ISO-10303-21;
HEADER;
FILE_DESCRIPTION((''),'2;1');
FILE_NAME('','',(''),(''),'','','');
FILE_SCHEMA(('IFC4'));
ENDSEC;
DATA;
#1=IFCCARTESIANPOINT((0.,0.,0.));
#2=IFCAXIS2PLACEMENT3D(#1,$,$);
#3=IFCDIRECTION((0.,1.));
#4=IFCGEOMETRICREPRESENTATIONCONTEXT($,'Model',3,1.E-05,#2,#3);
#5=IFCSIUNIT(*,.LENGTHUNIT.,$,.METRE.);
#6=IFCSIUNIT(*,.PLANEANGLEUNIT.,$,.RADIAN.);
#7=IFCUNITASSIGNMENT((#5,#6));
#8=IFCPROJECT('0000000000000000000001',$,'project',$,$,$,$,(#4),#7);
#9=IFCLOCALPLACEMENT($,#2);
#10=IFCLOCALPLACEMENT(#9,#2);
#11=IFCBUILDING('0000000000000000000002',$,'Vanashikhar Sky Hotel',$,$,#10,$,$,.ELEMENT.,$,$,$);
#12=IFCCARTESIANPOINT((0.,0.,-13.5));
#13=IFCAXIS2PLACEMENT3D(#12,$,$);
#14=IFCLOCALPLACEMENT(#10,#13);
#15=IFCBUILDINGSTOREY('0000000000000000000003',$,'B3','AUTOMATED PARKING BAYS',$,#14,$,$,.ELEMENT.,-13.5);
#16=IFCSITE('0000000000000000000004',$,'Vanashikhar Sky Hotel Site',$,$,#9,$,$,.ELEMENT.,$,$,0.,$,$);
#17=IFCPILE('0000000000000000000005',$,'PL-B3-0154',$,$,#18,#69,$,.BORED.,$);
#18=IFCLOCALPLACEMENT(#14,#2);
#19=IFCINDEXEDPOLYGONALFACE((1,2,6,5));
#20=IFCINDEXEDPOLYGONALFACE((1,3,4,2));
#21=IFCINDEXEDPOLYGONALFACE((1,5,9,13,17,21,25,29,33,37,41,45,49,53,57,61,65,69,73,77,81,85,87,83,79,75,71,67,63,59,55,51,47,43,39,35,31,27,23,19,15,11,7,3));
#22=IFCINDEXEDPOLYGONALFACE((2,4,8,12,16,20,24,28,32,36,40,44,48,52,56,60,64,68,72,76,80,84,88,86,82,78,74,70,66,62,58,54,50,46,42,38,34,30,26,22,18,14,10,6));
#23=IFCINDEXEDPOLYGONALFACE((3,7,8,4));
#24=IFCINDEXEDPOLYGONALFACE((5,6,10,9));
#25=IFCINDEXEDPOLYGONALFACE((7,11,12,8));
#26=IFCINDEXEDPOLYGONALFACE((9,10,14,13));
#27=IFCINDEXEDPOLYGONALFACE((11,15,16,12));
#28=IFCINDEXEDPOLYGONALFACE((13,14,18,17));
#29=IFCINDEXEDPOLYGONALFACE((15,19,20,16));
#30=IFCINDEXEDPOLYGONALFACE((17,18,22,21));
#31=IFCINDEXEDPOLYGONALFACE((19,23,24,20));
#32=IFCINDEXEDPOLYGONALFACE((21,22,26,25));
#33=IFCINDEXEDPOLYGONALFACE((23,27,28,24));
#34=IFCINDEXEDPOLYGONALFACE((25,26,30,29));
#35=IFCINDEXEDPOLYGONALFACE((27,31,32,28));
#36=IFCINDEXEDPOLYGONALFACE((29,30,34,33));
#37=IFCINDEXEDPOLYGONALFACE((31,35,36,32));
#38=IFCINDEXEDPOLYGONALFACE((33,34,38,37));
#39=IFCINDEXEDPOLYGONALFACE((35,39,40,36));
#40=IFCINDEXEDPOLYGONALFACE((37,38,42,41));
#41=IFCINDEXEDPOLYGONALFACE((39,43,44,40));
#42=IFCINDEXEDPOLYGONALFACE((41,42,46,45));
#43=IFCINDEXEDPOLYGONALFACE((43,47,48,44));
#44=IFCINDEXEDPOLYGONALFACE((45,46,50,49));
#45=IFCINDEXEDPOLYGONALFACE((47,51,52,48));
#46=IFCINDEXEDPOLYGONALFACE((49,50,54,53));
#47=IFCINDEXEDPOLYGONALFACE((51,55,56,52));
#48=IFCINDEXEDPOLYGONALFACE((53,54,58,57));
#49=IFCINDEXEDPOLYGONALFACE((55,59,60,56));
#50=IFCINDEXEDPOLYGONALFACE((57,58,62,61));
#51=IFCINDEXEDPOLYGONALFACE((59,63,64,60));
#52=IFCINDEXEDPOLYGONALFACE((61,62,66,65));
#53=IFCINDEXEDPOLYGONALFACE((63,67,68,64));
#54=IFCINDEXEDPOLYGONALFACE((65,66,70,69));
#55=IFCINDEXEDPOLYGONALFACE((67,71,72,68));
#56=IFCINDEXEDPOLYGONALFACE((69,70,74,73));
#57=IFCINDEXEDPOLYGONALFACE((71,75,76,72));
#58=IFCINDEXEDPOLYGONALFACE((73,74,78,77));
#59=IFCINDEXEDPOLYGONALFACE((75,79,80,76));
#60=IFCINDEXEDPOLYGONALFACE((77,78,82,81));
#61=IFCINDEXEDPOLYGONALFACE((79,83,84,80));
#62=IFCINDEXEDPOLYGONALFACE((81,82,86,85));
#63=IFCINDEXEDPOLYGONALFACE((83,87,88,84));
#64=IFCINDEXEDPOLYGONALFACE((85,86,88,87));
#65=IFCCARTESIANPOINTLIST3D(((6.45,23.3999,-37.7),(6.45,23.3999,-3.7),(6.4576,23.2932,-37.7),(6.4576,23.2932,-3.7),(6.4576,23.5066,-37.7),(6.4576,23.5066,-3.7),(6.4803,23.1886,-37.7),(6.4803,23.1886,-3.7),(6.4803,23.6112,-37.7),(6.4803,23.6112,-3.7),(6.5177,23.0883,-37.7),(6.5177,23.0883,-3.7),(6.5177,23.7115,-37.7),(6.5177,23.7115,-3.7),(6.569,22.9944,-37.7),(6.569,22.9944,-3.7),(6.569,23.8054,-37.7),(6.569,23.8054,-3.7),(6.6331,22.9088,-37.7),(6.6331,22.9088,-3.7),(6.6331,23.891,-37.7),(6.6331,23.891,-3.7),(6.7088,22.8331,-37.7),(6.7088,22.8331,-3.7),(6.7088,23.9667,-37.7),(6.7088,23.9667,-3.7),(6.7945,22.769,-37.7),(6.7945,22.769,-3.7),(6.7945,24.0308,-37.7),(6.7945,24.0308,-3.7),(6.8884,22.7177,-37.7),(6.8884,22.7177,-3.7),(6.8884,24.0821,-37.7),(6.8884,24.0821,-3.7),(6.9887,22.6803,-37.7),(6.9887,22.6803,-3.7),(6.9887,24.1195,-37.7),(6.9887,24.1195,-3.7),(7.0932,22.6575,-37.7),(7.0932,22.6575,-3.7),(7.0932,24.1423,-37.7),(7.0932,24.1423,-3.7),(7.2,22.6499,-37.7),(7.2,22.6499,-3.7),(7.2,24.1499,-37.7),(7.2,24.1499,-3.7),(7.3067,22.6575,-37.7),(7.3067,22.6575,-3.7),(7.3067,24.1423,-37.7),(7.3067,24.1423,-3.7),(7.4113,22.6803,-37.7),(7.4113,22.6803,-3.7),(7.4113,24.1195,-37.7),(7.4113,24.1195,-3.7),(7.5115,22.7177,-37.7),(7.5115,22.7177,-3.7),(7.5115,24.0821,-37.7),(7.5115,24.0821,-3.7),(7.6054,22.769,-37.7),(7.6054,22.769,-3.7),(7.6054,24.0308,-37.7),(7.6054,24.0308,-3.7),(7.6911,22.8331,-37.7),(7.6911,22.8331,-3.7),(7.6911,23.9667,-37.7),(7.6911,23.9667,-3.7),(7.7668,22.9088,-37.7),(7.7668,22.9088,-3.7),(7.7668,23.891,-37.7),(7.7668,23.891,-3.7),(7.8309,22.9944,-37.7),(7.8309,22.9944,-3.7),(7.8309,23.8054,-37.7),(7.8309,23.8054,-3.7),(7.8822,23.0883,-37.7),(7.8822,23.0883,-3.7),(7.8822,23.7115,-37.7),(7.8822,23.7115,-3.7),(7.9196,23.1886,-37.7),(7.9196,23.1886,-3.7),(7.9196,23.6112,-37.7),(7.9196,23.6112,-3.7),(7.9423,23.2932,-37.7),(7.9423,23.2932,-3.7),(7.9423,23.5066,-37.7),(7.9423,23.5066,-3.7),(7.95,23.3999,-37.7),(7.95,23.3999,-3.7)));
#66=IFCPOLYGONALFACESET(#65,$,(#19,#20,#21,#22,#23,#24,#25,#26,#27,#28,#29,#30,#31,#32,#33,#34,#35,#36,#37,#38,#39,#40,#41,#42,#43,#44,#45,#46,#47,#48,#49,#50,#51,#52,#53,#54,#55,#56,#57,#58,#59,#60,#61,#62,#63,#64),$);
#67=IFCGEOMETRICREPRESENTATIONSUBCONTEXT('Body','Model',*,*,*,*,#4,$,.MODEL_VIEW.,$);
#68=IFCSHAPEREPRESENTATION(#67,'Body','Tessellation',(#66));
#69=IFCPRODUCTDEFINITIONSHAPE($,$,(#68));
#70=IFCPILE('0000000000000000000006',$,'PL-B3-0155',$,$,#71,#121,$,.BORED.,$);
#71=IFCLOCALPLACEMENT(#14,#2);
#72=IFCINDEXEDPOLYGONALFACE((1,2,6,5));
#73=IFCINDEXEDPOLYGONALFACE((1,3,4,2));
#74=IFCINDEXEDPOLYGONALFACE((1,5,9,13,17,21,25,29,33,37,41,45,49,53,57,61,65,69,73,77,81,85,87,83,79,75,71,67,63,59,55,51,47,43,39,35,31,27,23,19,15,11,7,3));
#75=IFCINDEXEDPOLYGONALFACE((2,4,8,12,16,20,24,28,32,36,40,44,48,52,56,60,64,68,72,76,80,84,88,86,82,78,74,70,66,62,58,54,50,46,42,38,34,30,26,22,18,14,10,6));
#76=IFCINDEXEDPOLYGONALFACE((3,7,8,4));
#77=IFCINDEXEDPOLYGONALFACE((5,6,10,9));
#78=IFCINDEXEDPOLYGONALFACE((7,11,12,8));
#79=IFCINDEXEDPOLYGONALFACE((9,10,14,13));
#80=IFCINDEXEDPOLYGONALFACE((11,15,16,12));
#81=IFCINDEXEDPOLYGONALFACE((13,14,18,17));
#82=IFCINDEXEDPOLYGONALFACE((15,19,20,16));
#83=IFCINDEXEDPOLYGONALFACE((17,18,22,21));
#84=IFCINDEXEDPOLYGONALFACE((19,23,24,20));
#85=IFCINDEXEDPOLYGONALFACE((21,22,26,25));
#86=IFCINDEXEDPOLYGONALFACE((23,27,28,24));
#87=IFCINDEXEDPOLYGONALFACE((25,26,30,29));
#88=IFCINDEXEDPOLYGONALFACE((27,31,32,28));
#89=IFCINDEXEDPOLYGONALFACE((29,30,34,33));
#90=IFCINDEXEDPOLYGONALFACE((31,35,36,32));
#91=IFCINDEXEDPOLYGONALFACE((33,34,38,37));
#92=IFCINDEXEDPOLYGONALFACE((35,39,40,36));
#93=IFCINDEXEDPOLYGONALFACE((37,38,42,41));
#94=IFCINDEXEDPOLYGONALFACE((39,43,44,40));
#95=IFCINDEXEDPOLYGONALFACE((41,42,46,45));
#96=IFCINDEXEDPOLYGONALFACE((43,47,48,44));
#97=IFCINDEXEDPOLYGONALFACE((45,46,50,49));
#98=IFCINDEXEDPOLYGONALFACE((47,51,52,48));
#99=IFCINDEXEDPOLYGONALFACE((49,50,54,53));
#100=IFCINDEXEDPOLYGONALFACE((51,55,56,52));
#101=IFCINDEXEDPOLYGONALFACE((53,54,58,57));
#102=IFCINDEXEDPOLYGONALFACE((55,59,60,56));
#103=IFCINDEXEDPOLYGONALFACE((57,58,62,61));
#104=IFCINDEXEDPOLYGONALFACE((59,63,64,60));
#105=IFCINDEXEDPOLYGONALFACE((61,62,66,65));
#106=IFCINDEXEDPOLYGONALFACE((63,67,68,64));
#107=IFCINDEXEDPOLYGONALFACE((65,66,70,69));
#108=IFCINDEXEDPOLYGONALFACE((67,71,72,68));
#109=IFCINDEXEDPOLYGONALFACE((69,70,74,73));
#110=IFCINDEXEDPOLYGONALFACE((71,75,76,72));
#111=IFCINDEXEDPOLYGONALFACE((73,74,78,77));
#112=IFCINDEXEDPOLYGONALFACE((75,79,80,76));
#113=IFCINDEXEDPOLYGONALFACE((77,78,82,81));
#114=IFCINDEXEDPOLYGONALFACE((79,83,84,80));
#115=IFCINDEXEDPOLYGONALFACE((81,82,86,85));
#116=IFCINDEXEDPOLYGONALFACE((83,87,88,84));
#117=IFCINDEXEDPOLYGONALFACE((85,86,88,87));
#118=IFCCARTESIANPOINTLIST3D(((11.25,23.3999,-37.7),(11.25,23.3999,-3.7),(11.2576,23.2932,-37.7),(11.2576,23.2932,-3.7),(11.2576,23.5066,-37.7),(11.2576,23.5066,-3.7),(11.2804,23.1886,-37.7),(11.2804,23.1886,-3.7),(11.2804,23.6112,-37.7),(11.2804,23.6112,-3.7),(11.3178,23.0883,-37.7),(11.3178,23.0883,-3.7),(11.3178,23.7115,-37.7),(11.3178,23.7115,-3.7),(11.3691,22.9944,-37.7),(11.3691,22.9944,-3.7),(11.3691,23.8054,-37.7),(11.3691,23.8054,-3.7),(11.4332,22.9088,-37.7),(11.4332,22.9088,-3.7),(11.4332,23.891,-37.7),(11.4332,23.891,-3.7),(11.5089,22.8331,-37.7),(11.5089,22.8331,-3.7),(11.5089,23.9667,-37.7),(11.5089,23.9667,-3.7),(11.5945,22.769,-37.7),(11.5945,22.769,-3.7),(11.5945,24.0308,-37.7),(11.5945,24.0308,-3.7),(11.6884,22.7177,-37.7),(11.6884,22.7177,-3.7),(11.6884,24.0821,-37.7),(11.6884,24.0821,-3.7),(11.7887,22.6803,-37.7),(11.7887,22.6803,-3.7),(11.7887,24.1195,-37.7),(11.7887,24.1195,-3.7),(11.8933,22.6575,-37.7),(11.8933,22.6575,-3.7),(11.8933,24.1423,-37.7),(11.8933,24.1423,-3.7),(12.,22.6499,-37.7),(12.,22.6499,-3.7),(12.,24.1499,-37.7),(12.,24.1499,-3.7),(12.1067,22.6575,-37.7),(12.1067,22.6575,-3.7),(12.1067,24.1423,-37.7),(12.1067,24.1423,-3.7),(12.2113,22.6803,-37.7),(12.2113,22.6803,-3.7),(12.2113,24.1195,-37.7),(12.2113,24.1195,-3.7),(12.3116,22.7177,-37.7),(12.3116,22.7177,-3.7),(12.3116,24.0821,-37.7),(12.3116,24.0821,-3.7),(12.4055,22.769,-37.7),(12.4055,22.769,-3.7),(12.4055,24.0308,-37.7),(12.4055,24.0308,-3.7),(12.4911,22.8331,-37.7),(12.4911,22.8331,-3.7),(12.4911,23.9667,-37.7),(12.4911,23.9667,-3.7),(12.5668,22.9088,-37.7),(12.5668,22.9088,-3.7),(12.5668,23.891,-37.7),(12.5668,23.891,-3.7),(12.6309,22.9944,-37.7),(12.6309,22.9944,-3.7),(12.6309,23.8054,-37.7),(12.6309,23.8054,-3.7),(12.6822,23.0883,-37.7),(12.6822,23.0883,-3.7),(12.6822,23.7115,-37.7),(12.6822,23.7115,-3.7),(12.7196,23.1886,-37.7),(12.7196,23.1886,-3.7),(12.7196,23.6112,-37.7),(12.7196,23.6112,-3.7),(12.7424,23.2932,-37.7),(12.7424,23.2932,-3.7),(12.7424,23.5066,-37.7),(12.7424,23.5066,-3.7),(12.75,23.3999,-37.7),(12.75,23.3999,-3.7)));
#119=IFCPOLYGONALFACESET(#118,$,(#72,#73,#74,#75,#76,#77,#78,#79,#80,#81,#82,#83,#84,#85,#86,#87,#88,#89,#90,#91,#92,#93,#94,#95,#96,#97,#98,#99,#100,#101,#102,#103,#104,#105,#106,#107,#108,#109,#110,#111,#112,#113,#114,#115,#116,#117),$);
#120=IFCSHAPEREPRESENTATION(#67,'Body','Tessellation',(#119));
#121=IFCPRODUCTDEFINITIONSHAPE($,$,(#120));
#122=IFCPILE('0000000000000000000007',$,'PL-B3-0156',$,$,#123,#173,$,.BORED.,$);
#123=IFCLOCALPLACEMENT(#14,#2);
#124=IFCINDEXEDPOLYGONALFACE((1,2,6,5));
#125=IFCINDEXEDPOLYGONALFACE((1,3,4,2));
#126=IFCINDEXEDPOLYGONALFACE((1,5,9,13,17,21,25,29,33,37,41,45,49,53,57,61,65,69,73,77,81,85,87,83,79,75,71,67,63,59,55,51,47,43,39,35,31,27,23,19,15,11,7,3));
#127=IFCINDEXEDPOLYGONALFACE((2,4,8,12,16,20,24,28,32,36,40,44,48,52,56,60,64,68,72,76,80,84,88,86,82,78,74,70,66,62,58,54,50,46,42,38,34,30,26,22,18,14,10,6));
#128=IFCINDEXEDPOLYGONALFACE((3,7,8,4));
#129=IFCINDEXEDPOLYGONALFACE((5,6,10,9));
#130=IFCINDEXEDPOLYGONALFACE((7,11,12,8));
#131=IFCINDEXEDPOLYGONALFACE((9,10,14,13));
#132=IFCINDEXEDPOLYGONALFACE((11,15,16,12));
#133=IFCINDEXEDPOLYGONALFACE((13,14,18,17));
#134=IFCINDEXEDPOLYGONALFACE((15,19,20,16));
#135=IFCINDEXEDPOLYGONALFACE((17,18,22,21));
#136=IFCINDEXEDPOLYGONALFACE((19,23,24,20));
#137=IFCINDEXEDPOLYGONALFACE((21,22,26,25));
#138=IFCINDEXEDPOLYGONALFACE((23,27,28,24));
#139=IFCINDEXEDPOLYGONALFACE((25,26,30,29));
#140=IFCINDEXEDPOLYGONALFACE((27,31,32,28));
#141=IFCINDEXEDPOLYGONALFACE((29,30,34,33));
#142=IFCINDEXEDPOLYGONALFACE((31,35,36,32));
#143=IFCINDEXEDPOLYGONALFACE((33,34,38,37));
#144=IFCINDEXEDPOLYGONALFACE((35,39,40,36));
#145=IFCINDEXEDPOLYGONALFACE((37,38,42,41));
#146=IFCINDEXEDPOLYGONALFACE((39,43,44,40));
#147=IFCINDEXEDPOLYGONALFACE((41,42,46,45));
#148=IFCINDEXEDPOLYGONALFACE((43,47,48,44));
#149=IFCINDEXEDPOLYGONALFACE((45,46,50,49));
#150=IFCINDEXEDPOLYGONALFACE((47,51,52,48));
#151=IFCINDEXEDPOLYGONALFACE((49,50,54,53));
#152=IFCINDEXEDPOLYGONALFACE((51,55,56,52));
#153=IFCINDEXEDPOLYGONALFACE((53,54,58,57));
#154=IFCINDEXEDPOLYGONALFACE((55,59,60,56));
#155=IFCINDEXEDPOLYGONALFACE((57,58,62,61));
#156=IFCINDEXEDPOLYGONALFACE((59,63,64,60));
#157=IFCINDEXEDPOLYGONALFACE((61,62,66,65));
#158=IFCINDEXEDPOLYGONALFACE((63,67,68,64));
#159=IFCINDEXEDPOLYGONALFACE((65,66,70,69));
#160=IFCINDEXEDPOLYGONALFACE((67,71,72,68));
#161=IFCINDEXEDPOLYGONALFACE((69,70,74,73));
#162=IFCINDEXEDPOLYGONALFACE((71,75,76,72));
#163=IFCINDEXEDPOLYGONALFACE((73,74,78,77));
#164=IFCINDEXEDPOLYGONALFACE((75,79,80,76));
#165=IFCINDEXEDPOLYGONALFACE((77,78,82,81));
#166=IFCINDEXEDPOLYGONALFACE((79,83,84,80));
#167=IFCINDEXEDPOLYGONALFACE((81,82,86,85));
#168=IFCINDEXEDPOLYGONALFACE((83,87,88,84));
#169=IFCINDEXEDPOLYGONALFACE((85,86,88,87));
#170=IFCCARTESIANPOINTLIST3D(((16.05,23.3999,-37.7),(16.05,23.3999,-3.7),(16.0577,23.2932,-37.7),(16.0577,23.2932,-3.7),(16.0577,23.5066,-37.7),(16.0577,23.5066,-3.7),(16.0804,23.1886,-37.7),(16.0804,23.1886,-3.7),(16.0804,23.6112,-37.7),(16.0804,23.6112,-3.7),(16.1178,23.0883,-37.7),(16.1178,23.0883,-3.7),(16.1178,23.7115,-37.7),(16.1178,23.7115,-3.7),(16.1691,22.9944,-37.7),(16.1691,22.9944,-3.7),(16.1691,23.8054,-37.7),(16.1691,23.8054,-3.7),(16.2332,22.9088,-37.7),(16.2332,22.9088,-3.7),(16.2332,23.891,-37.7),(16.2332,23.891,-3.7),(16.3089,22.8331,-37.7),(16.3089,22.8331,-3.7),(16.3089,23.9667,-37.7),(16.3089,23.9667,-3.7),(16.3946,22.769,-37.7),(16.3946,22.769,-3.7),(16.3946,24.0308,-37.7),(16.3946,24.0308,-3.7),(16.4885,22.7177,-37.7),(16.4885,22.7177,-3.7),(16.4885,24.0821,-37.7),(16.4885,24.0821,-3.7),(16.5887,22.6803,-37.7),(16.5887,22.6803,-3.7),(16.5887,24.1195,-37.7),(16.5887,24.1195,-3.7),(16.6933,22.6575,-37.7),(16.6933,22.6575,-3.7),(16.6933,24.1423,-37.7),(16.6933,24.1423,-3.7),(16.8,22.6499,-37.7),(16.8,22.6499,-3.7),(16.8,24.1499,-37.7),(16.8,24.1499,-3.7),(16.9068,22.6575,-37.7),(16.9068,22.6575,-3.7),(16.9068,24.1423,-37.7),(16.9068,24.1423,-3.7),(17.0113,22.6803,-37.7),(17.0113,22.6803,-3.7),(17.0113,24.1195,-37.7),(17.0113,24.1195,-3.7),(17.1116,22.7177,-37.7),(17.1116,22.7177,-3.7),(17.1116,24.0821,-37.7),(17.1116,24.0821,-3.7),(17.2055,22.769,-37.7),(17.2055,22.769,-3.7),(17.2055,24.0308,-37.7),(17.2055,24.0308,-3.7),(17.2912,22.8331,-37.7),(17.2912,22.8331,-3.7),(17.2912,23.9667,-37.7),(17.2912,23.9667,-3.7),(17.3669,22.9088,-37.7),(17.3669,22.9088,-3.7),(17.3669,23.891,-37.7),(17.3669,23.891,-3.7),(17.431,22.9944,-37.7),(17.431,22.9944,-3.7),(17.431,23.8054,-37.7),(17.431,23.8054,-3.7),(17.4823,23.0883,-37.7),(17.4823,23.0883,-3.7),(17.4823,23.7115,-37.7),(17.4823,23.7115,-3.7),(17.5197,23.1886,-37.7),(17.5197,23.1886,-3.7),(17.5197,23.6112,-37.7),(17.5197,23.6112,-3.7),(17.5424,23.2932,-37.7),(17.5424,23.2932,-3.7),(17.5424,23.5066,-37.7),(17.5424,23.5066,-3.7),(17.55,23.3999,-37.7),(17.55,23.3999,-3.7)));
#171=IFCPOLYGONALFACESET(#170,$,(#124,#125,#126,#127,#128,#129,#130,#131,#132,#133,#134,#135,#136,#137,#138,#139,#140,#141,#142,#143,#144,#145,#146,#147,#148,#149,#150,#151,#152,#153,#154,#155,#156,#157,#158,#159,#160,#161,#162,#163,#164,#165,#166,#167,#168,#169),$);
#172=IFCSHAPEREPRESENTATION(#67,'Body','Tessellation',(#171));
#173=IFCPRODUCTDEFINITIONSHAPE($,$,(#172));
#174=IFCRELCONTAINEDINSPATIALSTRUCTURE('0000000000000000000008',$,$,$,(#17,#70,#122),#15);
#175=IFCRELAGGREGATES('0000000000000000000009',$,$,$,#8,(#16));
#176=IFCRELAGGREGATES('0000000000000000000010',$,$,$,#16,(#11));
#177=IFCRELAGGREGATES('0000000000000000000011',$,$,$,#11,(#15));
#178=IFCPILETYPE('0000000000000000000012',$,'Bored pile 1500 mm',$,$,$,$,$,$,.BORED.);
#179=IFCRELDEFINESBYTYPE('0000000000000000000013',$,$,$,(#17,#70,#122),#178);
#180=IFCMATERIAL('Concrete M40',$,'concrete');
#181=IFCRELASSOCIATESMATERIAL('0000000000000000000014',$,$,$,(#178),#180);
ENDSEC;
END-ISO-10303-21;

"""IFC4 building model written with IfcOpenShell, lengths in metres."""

from ifc_helpers import new_model, si_unit, direction, frame, origin, origin_2d, place, context, subcontext, project, spatial, circle, extrude, source, transform, mapped, material, type_object, element, save


model = new_model("IFC4")

# Units and contexts
model_context = context("Model", 3, precision=1e-05, world=origin(), true_north=direction((0.0, 1.0)))
body_context = subcontext(model_context, "Body", "Model", "MODEL_VIEW")
ifc_project = project(units=[si_unit("LENGTHUNIT", "METRE"), si_unit("PLANEANGLEUNIT", "RADIAN")], contexts=[model_context])

# Site, building, storey
site_placement = place(None, origin())
site = spatial("IfcSite", under=ifc_project, at=site_placement, Name="Vanashikhar Sky Hotel Site", CompositionType="ELEMENT", RefElevation=0.0)
building_placement = place(site_placement, origin())
building = spatial("IfcBuilding", under=site, at=building_placement, Name="Vanashikhar Sky Hotel", CompositionType="ELEMENT")
storey_placement = place(building_placement, frame((0.0, 0.0, -13.5)))
storey = spatial("IfcBuildingStorey", under=building, at=storey_placement, Name="B3", Description="AUTOMATED PARKING BAYS", CompositionType="ELEMENT", Elevation=-13.5)

# Piles
ifc_material_1 = material(Name="Concrete M40", Category="concrete")
pile_type = type_object("IfcPileType", Name="Bored pile 1500 mm", PredefinedType="BORED", material=ifc_material_1)
shared_shape_1 = source(origin(), body_context, "Body", "SweptSolid", [
    extrude(circle(Radius=0.75, at=origin_2d()), origin(), (0.0, 0.0, 1.0), 34.0),
])
for number, where, z_axis, x_axis, name in (
    (1, (7.2, 23.3999, -3.7), (0.0, 0.0, -1.0), (1.0, 0.0, 0.0), "PL-B3-0154"),
    (2, (12.0, 23.3999, -3.7), (0.0, 0.0, -1.0), (1.0, 0.0, 0.0), "PL-B3-0155"),
    (3, (16.8, 23.3999, -3.7), (0.0, 0.0, -1.0), (1.0, 0.0, 0.0), "PL-B3-0156"),
):
    element("IfcPile", number, at=place(storey_placement, frame(where, z_axis=z_axis, x_axis=x_axis)), inside=storey, type_object=pile_type, Name=name, PredefinedType="BORED", context=body_context, shape_type="MappedRepresentation", body=[
        mapped(shared_shape_1, transform((0.0, 0.0, 0.0), scale=1.0)),
    ])

save(model, "model.ifc")
